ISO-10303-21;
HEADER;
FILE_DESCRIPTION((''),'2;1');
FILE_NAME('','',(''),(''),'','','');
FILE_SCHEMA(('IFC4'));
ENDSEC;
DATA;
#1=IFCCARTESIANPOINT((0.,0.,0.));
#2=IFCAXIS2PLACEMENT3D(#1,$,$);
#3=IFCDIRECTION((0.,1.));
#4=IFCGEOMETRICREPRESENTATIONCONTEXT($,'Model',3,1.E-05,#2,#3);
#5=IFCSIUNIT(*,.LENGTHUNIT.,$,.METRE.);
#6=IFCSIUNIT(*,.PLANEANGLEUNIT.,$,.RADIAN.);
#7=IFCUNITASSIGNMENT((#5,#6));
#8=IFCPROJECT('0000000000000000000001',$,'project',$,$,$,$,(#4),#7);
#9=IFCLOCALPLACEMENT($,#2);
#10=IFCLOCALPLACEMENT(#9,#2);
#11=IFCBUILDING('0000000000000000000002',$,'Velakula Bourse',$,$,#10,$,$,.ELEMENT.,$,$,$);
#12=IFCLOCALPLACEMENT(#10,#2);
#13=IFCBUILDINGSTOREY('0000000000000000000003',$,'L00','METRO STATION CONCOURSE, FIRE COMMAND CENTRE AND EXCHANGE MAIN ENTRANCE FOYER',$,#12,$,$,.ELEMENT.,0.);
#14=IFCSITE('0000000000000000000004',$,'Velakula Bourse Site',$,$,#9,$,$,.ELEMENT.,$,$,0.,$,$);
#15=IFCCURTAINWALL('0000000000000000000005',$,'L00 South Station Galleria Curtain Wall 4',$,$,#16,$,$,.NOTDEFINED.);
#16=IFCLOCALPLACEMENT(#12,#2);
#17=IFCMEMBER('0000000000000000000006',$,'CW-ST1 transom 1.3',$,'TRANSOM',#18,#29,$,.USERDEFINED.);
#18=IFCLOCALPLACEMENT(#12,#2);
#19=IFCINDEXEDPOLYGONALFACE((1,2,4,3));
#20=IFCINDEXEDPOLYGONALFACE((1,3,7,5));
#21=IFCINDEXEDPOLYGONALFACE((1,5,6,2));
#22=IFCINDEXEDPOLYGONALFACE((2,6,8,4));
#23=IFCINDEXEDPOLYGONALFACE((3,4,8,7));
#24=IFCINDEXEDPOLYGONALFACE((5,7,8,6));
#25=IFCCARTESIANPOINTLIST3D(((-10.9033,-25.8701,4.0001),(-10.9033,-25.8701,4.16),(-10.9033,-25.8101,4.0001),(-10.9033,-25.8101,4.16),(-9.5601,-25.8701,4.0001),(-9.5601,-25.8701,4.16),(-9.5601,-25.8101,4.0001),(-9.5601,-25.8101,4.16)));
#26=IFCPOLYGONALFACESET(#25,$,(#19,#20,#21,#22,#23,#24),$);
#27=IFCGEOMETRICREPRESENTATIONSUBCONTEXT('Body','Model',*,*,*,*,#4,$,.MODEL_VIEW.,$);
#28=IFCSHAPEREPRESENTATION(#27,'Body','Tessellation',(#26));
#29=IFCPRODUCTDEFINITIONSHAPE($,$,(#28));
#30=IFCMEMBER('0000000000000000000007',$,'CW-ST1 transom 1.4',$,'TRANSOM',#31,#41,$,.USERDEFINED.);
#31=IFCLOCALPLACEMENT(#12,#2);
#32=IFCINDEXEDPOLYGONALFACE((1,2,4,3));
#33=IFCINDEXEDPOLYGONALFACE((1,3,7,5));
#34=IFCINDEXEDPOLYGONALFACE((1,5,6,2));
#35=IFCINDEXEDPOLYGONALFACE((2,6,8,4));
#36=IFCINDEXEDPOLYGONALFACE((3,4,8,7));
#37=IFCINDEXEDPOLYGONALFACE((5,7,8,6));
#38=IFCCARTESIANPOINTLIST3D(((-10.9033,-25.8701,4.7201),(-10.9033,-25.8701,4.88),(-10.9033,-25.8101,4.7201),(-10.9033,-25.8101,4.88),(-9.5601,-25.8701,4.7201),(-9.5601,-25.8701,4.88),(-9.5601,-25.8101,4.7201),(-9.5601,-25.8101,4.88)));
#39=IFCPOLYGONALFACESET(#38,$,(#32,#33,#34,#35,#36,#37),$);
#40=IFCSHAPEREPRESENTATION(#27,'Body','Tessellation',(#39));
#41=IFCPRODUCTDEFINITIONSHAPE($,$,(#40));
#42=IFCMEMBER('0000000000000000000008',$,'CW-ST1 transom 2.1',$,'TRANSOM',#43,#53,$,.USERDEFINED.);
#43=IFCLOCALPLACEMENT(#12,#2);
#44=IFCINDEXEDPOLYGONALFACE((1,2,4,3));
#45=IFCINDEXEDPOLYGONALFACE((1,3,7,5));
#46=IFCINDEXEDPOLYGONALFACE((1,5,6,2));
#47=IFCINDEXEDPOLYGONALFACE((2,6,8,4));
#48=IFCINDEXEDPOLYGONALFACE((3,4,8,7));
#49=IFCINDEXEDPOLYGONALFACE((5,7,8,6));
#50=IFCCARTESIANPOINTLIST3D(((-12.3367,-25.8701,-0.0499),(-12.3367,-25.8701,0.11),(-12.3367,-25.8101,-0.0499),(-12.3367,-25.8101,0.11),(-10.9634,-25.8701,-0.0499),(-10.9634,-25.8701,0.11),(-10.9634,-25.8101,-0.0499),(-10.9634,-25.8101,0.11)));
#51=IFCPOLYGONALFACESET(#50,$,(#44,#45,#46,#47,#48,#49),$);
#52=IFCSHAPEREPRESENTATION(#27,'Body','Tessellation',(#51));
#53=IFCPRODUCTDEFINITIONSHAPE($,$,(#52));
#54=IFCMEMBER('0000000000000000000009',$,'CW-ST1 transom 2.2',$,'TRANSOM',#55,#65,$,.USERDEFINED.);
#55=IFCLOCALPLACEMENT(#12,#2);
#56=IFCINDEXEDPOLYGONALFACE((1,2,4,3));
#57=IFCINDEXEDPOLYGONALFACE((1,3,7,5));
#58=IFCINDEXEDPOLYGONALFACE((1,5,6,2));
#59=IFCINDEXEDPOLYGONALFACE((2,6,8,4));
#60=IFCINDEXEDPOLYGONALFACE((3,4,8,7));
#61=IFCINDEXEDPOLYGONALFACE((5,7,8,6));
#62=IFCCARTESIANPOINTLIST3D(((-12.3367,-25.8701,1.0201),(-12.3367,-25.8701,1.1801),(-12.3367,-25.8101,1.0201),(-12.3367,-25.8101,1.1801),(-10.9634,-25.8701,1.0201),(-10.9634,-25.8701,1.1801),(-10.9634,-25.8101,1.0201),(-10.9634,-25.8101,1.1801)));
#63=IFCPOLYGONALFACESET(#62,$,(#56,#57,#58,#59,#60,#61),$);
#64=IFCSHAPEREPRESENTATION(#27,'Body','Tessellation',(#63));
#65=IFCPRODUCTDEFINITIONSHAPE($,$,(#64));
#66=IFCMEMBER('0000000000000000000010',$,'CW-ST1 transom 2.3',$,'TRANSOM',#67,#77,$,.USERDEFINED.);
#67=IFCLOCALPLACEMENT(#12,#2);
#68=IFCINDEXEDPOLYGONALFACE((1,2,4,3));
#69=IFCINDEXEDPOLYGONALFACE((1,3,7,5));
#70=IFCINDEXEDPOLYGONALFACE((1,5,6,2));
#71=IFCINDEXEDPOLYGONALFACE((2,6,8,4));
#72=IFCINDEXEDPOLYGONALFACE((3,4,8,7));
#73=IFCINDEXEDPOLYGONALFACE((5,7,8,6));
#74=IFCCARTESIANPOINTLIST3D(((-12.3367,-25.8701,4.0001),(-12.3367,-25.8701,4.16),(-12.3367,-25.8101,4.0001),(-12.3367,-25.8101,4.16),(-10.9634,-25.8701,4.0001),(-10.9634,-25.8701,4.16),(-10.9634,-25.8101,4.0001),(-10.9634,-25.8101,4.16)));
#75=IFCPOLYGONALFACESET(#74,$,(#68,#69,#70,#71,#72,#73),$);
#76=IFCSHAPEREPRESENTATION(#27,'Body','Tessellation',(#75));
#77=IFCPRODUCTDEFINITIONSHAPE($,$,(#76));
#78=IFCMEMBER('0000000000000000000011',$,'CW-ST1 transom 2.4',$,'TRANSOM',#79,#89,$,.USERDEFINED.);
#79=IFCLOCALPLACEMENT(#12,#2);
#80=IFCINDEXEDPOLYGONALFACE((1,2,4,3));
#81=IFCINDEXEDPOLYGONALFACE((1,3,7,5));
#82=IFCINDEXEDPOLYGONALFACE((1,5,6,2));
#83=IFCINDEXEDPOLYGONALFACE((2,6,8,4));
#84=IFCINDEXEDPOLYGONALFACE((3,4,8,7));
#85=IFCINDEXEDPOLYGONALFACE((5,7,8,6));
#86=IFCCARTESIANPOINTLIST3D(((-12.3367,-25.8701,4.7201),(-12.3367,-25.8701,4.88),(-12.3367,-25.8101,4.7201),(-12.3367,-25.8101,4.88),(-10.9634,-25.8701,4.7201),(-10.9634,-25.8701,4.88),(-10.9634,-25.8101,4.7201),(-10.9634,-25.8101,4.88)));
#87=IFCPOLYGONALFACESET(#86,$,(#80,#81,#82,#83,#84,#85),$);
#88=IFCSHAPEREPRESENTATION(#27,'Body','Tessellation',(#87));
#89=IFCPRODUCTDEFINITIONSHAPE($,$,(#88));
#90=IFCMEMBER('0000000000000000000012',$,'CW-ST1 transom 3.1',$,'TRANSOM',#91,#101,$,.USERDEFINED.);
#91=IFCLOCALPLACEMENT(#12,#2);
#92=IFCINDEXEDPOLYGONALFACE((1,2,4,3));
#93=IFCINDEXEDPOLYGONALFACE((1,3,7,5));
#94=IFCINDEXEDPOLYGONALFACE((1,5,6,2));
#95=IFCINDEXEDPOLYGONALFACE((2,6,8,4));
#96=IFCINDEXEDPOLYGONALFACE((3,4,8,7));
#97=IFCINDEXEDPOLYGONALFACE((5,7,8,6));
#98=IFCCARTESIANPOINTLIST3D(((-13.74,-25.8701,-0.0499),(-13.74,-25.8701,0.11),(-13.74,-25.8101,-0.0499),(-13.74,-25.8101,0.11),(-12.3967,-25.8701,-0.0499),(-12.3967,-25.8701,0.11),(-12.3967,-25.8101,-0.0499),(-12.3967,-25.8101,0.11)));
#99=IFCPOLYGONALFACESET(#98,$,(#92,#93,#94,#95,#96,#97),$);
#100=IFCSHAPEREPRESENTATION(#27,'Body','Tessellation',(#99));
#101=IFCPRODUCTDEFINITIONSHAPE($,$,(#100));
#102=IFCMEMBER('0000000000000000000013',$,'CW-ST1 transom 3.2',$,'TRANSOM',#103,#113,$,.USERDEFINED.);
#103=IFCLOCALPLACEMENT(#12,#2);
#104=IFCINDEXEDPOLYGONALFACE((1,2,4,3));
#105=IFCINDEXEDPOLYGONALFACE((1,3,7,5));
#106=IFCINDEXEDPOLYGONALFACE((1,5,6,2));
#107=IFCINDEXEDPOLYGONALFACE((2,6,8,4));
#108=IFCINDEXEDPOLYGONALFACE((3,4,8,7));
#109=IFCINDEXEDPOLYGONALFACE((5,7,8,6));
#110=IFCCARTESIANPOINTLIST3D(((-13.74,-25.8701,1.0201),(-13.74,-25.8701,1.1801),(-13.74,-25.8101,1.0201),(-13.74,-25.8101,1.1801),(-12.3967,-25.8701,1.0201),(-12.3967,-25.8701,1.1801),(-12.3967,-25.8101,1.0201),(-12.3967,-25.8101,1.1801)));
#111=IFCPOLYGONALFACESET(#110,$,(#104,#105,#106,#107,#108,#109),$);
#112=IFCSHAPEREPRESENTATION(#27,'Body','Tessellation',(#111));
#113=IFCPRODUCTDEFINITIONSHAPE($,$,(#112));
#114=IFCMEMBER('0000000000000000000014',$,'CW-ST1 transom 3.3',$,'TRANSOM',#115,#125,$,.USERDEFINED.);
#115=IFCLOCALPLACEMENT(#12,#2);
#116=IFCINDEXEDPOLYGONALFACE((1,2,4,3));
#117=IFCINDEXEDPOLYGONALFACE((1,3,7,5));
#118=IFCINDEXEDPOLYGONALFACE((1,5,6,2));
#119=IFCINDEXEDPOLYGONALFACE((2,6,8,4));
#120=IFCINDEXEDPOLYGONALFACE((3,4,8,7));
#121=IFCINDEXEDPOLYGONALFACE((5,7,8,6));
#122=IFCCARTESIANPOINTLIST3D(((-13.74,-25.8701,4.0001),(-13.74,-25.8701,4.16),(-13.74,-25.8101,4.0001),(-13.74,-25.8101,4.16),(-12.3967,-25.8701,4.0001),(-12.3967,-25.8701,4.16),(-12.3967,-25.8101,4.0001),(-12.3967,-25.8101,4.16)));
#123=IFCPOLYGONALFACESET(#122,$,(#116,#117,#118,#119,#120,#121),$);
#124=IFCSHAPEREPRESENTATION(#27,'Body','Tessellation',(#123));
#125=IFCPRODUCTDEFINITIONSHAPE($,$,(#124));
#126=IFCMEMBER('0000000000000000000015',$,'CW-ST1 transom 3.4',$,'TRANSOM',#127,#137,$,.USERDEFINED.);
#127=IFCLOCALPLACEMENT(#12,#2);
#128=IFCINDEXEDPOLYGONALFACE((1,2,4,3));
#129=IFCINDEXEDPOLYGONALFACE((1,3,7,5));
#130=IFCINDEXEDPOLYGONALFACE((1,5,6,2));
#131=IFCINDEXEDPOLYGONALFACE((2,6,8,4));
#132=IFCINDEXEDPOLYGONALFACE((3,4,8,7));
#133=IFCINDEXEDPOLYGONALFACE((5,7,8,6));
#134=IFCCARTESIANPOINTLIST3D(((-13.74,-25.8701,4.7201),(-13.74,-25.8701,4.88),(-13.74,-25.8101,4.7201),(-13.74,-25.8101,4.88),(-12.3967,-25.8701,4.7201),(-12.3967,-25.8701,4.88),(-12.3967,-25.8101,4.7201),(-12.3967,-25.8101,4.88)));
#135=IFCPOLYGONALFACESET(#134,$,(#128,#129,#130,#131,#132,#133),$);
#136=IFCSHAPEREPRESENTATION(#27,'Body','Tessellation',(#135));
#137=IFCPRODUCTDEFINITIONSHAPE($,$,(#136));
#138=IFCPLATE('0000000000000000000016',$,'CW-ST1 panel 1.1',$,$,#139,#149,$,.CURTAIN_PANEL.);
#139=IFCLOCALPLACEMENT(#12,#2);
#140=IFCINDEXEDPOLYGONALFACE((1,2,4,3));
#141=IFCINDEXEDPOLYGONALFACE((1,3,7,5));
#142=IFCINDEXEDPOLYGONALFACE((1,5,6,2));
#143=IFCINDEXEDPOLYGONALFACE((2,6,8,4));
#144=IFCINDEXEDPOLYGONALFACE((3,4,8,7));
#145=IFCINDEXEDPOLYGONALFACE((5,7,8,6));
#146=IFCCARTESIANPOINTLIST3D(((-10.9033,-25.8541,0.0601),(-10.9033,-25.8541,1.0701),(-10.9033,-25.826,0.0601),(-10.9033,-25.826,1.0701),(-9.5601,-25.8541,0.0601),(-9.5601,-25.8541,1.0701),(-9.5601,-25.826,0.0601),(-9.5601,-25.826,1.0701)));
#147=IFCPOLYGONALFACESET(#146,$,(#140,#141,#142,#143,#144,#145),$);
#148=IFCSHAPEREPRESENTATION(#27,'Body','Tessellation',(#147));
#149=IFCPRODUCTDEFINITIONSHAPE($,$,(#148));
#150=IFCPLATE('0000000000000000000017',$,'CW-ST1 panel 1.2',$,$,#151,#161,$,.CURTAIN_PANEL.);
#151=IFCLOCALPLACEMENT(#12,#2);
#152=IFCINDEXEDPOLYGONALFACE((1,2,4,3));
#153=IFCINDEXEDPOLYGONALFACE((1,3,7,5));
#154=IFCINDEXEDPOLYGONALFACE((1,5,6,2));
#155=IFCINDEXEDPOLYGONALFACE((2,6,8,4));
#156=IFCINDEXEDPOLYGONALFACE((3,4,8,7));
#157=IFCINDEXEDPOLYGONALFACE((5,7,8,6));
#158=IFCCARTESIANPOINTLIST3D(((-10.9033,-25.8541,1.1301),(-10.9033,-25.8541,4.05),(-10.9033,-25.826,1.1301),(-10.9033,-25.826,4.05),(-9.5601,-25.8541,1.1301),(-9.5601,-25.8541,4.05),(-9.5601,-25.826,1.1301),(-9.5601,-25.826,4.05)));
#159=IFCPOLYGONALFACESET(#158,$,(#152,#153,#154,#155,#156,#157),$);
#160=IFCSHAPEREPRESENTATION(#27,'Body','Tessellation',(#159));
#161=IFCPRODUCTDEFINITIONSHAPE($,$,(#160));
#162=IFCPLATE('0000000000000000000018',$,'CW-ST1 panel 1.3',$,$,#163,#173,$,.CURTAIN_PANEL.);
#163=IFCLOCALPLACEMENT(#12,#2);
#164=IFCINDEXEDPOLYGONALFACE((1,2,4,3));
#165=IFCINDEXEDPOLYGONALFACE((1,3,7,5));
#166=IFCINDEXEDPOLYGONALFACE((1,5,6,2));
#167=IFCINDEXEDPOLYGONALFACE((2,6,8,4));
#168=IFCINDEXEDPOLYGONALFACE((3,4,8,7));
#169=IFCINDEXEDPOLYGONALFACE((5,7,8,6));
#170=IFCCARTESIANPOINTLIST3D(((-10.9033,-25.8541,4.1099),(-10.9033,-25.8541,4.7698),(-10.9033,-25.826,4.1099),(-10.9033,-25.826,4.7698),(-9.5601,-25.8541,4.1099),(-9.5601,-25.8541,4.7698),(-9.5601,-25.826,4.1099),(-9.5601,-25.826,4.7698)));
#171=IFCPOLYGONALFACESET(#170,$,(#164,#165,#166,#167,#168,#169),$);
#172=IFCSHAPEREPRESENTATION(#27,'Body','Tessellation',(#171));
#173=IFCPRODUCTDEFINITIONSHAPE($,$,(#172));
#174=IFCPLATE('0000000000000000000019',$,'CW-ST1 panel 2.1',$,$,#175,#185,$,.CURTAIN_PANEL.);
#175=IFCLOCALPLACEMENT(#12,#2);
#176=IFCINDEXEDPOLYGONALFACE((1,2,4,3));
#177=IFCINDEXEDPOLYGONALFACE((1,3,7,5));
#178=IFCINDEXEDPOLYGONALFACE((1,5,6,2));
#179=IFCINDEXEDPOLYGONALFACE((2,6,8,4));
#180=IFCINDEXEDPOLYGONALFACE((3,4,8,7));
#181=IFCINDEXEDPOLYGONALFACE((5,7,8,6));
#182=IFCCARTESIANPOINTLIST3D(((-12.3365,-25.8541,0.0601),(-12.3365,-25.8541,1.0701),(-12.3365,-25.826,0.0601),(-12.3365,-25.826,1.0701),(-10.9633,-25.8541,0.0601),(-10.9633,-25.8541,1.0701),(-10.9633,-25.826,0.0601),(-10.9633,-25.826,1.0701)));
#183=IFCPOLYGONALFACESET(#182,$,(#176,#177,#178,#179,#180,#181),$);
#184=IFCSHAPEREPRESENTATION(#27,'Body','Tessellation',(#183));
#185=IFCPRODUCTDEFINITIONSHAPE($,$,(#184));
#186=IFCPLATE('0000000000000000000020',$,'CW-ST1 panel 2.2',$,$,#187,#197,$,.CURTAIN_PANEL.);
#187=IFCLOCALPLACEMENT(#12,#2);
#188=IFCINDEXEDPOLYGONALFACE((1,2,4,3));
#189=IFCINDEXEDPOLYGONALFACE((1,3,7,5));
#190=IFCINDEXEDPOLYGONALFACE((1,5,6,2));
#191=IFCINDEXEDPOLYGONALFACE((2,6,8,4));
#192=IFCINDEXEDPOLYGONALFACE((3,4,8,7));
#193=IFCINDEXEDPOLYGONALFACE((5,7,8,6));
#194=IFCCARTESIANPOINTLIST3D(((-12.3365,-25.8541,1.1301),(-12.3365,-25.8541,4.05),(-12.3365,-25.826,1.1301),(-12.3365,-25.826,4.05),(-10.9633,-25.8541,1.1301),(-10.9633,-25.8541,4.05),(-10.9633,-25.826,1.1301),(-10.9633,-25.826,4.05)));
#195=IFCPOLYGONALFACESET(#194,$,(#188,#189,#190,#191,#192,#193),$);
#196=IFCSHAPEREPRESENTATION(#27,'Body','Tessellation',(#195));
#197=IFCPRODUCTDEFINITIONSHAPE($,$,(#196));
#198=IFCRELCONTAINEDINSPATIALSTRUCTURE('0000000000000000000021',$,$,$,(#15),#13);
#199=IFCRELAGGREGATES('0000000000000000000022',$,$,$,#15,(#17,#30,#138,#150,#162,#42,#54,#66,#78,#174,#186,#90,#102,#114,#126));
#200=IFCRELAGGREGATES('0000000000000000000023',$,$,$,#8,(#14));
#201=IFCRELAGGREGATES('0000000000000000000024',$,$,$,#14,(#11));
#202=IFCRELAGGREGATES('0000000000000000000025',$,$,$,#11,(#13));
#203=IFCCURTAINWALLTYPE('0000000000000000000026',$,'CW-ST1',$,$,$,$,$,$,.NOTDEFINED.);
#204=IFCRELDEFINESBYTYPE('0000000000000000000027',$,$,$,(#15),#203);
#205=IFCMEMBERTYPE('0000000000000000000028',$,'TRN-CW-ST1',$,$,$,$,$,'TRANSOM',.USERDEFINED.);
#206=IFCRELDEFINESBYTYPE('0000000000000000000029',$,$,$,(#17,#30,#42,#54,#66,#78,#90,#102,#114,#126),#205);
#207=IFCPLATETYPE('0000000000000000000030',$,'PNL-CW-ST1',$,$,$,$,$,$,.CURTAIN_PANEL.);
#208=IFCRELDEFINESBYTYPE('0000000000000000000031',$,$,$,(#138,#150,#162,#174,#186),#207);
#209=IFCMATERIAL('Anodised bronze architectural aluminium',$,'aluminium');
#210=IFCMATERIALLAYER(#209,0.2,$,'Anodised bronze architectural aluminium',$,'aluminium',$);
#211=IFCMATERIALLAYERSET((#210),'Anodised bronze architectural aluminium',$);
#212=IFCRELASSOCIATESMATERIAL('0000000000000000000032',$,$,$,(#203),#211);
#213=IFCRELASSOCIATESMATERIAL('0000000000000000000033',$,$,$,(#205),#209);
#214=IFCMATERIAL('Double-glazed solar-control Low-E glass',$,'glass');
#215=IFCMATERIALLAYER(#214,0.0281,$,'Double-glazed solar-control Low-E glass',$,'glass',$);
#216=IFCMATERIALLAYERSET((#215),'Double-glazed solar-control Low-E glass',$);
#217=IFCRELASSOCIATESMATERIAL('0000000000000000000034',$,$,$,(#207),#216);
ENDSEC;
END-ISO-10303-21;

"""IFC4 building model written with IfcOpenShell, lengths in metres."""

from ifc_helpers import new_model, si_unit, direction, frame, origin, origin_2d, place, context, subcontext, project, spatial, rectangle, extrude, material, layer, layer_set, material_profile, profile_set, type_object, element, aggregate, save


model = new_model("IFC4")

# Units and contexts
model_context = context("Model", 3, precision=1e-05, world=origin(), true_north=direction((0.0, 1.0)))
body_context = subcontext(model_context, "Body", "Model", "MODEL_VIEW")
ifc_project = project(units=[si_unit("LENGTHUNIT", "METRE"), si_unit("PLANEANGLEUNIT", "RADIAN")], contexts=[model_context])

# Site, building, storey
site_placement = place(None, origin())
site = spatial("IfcSite", under=ifc_project, at=site_placement, Name="Velakula Bourse Site", CompositionType="ELEMENT", RefElevation=0.0)
building_placement = place(site_placement, origin())
building = spatial("IfcBuilding", under=site, at=building_placement, Name="Velakula Bourse", CompositionType="ELEMENT")
storey_placement = place(building_placement, origin())
storey = spatial("IfcBuildingStorey", under=building, at=storey_placement, Name="L00", Description="METRO STATION CONCOURSE, FIRE COMMAND CENTRE AND EXCHANGE MAIN ENTRANCE FOYER", CompositionType="ELEMENT", Elevation=0.0)

# Curtain wall, members, plates
ifc_material_1 = material(Name="Anodised bronze architectural aluminium", Category="aluminium")
ifc_layer_1 = layer(ifc_material_1, 0.2, Name="Anodised bronze architectural aluminium", Category="aluminium")
ifc_layer_set_1 = layer_set([ifc_layer_1], Name="Anodised bronze architectural aluminium")
curtain_wall_type = type_object("IfcCurtainWallType", Name="CW-ST1", PredefinedType="NOTDEFINED", material=ifc_layer_set_1)
curtain_wall_placement = place(storey_placement, origin())
curtain_wall = element("IfcCurtainWall", 1, at=curtain_wall_placement, inside=storey, type_object=curtain_wall_type, Name="L00 South Station Galleria Curtain Wall 4", PredefinedType="NOTDEFINED")
ifc_material_profile_1 = material_profile(ifc_material_1, rectangle(XDim=0.0601, YDim=0.1599, at=origin_2d()), Name="Anodised bronze architectural aluminium")
ifc_profile_set_1 = profile_set([ifc_material_profile_1], Name="Anodised bronze architectural aluminium")
member_type_1 = type_object("IfcMemberType", Name="TRN-CW-ST1", ElementType="TRANSOM", PredefinedType="USERDEFINED", material=ifc_profile_set_1)
member_1_placement = place(storey_placement, frame((-9.5601, -25.8401, 4.0801), z_axis=(-1.0, 0.0, 0.0), x_axis=(0.0, -1.0, 0.0)))
member_1 = element("IfcMember", 2, at=member_1_placement, type_object=member_type_1, Name="CW-ST1 transom 1.3", ObjectType="TRANSOM", PredefinedType="USERDEFINED", context=body_context, shape_type="SweptSolid", body=[
    extrude(rectangle(XDim=0.0601, YDim=0.1599, at=origin_2d()), origin(), (0.0, 0.0, 1.0), 1.3433),
])
member_2_placement = place(storey_placement, frame((-9.5601, -25.8401, 4.8), z_axis=(-1.0, 0.0, 0.0), x_axis=(0.0, -1.0, 0.0)))
member_2 = element("IfcMember", 3, at=member_2_placement, type_object=member_type_1, Name="CW-ST1 transom 1.4", ObjectType="TRANSOM", PredefinedType="USERDEFINED", context=body_context, shape_type="SweptSolid", body=[
    extrude(rectangle(XDim=0.0601, YDim=0.1599, at=origin_2d()), origin(), (0.0, 0.0, 1.0), 1.3433),
])
member_3_placement = place(storey_placement, frame((-10.9634, -25.8401, 0.03), z_axis=(-1.0, 0.0, 0.0), x_axis=(0.0, -1.0, 0.0)))
member_3 = element("IfcMember", 4, at=member_3_placement, type_object=member_type_1, Name="CW-ST1 transom 2.1", ObjectType="TRANSOM", PredefinedType="USERDEFINED", context=body_context, shape_type="SweptSolid", body=[
    extrude(rectangle(XDim=0.0601, YDim=0.1599, at=origin_2d()), origin(), (0.0, 0.0, 1.0), 1.3733),
])
member_4_placement = place(storey_placement, frame((-10.9634, -25.8401, 1.1001), z_axis=(-1.0, 0.0, 0.0), x_axis=(0.0, -1.0, 0.0)))
member_4 = element("IfcMember", 5, at=member_4_placement, type_object=member_type_1, Name="CW-ST1 transom 2.2", ObjectType="TRANSOM", PredefinedType="USERDEFINED", context=body_context, shape_type="SweptSolid", body=[
    extrude(rectangle(XDim=0.0601, YDim=0.1599, at=origin_2d()), origin(), (0.0, 0.0, 1.0), 1.3733),
])
member_5_placement = place(storey_placement, frame((-10.9634, -25.8401, 4.0801), z_axis=(-1.0, 0.0, 0.0), x_axis=(0.0, -1.0, 0.0)))
member_5 = element("IfcMember", 6, at=member_5_placement, type_object=member_type_1, Name="CW-ST1 transom 2.3", ObjectType="TRANSOM", PredefinedType="USERDEFINED", context=body_context, shape_type="SweptSolid", body=[
    extrude(rectangle(XDim=0.0601, YDim=0.1599, at=origin_2d()), origin(), (0.0, 0.0, 1.0), 1.3733),
])
member_6_placement = place(storey_placement, frame((-10.9634, -25.8401, 4.8), z_axis=(-1.0, 0.0, 0.0), x_axis=(0.0, -1.0, 0.0)))
member_6 = element("IfcMember", 7, at=member_6_placement, type_object=member_type_1, Name="CW-ST1 transom 2.4", ObjectType="TRANSOM", PredefinedType="USERDEFINED", context=body_context, shape_type="SweptSolid", body=[
    extrude(rectangle(XDim=0.0601, YDim=0.1599, at=origin_2d()), origin(), (0.0, 0.0, 1.0), 1.3733),
])
member_7_placement = place(storey_placement, frame((-12.3967, -25.8401, 0.03), z_axis=(-1.0, 0.0, 0.0), x_axis=(0.0, -1.0, 0.0)))
member_7 = element("IfcMember", 8, at=member_7_placement, type_object=member_type_1, Name="CW-ST1 transom 3.1", ObjectType="TRANSOM", PredefinedType="USERDEFINED", context=body_context, shape_type="SweptSolid", body=[
    extrude(rectangle(XDim=0.0601, YDim=0.1599, at=origin_2d()), origin(), (0.0, 0.0, 1.0), 1.3433),
])
member_8_placement = place(storey_placement, frame((-12.3967, -25.8401, 1.1001), z_axis=(-1.0, 0.0, 0.0), x_axis=(0.0, -1.0, 0.0)))
member_8 = element("IfcMember", 9, at=member_8_placement, type_object=member_type_1, Name="CW-ST1 transom 3.2", ObjectType="TRANSOM", PredefinedType="USERDEFINED", context=body_context, shape_type="SweptSolid", body=[
    extrude(rectangle(XDim=0.0601, YDim=0.1599, at=origin_2d()), origin(), (0.0, 0.0, 1.0), 1.3433),
])
member_9_placement = place(storey_placement, frame((-12.3967, -25.8401, 4.0801), z_axis=(-1.0, 0.0, 0.0), x_axis=(0.0, -1.0, 0.0)))
member_9 = element("IfcMember", 10, at=member_9_placement, type_object=member_type_1, Name="CW-ST1 transom 3.3", ObjectType="TRANSOM", PredefinedType="USERDEFINED", context=body_context, shape_type="SweptSolid", body=[
    extrude(rectangle(XDim=0.0601, YDim=0.1599, at=origin_2d()), origin(), (0.0, 0.0, 1.0), 1.3433),
])
member_10_placement = place(storey_placement, frame((-12.3967, -25.8401, 4.8), z_axis=(-1.0, 0.0, 0.0), x_axis=(0.0, -1.0, 0.0)))
member_10 = element("IfcMember", 11, at=member_10_placement, type_object=member_type_1, Name="CW-ST1 transom 3.4", ObjectType="TRANSOM", PredefinedType="USERDEFINED", context=body_context, shape_type="SweptSolid", body=[
    extrude(rectangle(XDim=0.0601, YDim=0.1599, at=origin_2d()), origin(), (0.0, 0.0, 1.0), 1.3433),
])
ifc_material_2 = material(Name="Double-glazed solar-control Low-E glass", Category="glass")
ifc_layer_2 = layer(ifc_material_2, 0.0281, Name="Double-glazed solar-control Low-E glass", Category="glass")
ifc_layer_set_2 = layer_set([ifc_layer_2], Name="Double-glazed solar-control Low-E glass")
plate_type = type_object("IfcPlateType", Name="PNL-CW-ST1", PredefinedType="CURTAIN_PANEL", material=ifc_layer_set_2)
plate_1_placement = place(storey_placement, frame((-10.2317, -25.8401, 0.0601), z_axis=(0.0, 0.0, 1.0), x_axis=(-1.0, 0.0, 0.0)))
plate_1 = element("IfcPlate", 12, at=plate_1_placement, type_object=plate_type, Name="CW-ST1 panel 1.1", PredefinedType="CURTAIN_PANEL", context=body_context, shape_type="SweptSolid", body=[
    extrude(rectangle(XDim=1.3433, YDim=0.0281, at=origin_2d()), origin(), (0.0, 0.0, 1.0), 1.01),
])
plate_2_placement = place(storey_placement, frame((-10.2317, -25.8401, 1.1301), z_axis=(0.0, 0.0, 1.0), x_axis=(-1.0, 0.0, 0.0)))
plate_2 = element("IfcPlate", 13, at=plate_2_placement, type_object=plate_type, Name="CW-ST1 panel 1.2", PredefinedType="CURTAIN_PANEL", context=body_context, shape_type="SweptSolid", body=[
    extrude(rectangle(XDim=1.3433, YDim=0.0281, at=origin_2d()), origin(), (0.0, 0.0, 1.0), 2.9199),
])
plate_3_placement = place(storey_placement, frame((-10.2317, -25.8401, 4.1099), z_axis=(0.0, 0.0, 1.0), x_axis=(-1.0, 0.0, 0.0)))
plate_3 = element("IfcPlate", 14, at=plate_3_placement, type_object=plate_type, Name="CW-ST1 panel 1.3", PredefinedType="CURTAIN_PANEL", context=body_context, shape_type="SweptSolid", body=[
    extrude(rectangle(XDim=1.3433, YDim=0.0281, at=origin_2d()), origin(), (0.0, 0.0, 1.0), 0.6599),
])
plate_4_placement = place(storey_placement, frame((-11.6499, -25.8401, 0.0601), z_axis=(0.0, 0.0, 1.0), x_axis=(-1.0, 0.0, 0.0)))
plate_4 = element("IfcPlate", 15, at=plate_4_placement, type_object=plate_type, Name="CW-ST1 panel 2.1", PredefinedType="CURTAIN_PANEL", context=body_context, shape_type="SweptSolid", body=[
    extrude(rectangle(XDim=1.3733, YDim=0.0281, at=origin_2d()), origin(), (0.0, 0.0, 1.0), 1.01),
])
plate_5_placement = place(storey_placement, frame((-11.6499, -25.8401, 1.1301), z_axis=(0.0, 0.0, 1.0), x_axis=(-1.0, 0.0, 0.0)))
plate_5 = element("IfcPlate", 16, at=plate_5_placement, type_object=plate_type, Name="CW-ST1 panel 2.2", PredefinedType="CURTAIN_PANEL", context=body_context, shape_type="SweptSolid", body=[
    extrude(rectangle(XDim=1.3733, YDim=0.0281, at=origin_2d()), origin(), (0.0, 0.0, 1.0), 2.9199),
])
aggregate(curtain_wall, [member_1, member_2, plate_1, plate_2, plate_3, member_3, member_4, member_5, member_6, plate_4, plate_5, member_7, member_8, member_9, member_10])

save(model, "model.ifc")
